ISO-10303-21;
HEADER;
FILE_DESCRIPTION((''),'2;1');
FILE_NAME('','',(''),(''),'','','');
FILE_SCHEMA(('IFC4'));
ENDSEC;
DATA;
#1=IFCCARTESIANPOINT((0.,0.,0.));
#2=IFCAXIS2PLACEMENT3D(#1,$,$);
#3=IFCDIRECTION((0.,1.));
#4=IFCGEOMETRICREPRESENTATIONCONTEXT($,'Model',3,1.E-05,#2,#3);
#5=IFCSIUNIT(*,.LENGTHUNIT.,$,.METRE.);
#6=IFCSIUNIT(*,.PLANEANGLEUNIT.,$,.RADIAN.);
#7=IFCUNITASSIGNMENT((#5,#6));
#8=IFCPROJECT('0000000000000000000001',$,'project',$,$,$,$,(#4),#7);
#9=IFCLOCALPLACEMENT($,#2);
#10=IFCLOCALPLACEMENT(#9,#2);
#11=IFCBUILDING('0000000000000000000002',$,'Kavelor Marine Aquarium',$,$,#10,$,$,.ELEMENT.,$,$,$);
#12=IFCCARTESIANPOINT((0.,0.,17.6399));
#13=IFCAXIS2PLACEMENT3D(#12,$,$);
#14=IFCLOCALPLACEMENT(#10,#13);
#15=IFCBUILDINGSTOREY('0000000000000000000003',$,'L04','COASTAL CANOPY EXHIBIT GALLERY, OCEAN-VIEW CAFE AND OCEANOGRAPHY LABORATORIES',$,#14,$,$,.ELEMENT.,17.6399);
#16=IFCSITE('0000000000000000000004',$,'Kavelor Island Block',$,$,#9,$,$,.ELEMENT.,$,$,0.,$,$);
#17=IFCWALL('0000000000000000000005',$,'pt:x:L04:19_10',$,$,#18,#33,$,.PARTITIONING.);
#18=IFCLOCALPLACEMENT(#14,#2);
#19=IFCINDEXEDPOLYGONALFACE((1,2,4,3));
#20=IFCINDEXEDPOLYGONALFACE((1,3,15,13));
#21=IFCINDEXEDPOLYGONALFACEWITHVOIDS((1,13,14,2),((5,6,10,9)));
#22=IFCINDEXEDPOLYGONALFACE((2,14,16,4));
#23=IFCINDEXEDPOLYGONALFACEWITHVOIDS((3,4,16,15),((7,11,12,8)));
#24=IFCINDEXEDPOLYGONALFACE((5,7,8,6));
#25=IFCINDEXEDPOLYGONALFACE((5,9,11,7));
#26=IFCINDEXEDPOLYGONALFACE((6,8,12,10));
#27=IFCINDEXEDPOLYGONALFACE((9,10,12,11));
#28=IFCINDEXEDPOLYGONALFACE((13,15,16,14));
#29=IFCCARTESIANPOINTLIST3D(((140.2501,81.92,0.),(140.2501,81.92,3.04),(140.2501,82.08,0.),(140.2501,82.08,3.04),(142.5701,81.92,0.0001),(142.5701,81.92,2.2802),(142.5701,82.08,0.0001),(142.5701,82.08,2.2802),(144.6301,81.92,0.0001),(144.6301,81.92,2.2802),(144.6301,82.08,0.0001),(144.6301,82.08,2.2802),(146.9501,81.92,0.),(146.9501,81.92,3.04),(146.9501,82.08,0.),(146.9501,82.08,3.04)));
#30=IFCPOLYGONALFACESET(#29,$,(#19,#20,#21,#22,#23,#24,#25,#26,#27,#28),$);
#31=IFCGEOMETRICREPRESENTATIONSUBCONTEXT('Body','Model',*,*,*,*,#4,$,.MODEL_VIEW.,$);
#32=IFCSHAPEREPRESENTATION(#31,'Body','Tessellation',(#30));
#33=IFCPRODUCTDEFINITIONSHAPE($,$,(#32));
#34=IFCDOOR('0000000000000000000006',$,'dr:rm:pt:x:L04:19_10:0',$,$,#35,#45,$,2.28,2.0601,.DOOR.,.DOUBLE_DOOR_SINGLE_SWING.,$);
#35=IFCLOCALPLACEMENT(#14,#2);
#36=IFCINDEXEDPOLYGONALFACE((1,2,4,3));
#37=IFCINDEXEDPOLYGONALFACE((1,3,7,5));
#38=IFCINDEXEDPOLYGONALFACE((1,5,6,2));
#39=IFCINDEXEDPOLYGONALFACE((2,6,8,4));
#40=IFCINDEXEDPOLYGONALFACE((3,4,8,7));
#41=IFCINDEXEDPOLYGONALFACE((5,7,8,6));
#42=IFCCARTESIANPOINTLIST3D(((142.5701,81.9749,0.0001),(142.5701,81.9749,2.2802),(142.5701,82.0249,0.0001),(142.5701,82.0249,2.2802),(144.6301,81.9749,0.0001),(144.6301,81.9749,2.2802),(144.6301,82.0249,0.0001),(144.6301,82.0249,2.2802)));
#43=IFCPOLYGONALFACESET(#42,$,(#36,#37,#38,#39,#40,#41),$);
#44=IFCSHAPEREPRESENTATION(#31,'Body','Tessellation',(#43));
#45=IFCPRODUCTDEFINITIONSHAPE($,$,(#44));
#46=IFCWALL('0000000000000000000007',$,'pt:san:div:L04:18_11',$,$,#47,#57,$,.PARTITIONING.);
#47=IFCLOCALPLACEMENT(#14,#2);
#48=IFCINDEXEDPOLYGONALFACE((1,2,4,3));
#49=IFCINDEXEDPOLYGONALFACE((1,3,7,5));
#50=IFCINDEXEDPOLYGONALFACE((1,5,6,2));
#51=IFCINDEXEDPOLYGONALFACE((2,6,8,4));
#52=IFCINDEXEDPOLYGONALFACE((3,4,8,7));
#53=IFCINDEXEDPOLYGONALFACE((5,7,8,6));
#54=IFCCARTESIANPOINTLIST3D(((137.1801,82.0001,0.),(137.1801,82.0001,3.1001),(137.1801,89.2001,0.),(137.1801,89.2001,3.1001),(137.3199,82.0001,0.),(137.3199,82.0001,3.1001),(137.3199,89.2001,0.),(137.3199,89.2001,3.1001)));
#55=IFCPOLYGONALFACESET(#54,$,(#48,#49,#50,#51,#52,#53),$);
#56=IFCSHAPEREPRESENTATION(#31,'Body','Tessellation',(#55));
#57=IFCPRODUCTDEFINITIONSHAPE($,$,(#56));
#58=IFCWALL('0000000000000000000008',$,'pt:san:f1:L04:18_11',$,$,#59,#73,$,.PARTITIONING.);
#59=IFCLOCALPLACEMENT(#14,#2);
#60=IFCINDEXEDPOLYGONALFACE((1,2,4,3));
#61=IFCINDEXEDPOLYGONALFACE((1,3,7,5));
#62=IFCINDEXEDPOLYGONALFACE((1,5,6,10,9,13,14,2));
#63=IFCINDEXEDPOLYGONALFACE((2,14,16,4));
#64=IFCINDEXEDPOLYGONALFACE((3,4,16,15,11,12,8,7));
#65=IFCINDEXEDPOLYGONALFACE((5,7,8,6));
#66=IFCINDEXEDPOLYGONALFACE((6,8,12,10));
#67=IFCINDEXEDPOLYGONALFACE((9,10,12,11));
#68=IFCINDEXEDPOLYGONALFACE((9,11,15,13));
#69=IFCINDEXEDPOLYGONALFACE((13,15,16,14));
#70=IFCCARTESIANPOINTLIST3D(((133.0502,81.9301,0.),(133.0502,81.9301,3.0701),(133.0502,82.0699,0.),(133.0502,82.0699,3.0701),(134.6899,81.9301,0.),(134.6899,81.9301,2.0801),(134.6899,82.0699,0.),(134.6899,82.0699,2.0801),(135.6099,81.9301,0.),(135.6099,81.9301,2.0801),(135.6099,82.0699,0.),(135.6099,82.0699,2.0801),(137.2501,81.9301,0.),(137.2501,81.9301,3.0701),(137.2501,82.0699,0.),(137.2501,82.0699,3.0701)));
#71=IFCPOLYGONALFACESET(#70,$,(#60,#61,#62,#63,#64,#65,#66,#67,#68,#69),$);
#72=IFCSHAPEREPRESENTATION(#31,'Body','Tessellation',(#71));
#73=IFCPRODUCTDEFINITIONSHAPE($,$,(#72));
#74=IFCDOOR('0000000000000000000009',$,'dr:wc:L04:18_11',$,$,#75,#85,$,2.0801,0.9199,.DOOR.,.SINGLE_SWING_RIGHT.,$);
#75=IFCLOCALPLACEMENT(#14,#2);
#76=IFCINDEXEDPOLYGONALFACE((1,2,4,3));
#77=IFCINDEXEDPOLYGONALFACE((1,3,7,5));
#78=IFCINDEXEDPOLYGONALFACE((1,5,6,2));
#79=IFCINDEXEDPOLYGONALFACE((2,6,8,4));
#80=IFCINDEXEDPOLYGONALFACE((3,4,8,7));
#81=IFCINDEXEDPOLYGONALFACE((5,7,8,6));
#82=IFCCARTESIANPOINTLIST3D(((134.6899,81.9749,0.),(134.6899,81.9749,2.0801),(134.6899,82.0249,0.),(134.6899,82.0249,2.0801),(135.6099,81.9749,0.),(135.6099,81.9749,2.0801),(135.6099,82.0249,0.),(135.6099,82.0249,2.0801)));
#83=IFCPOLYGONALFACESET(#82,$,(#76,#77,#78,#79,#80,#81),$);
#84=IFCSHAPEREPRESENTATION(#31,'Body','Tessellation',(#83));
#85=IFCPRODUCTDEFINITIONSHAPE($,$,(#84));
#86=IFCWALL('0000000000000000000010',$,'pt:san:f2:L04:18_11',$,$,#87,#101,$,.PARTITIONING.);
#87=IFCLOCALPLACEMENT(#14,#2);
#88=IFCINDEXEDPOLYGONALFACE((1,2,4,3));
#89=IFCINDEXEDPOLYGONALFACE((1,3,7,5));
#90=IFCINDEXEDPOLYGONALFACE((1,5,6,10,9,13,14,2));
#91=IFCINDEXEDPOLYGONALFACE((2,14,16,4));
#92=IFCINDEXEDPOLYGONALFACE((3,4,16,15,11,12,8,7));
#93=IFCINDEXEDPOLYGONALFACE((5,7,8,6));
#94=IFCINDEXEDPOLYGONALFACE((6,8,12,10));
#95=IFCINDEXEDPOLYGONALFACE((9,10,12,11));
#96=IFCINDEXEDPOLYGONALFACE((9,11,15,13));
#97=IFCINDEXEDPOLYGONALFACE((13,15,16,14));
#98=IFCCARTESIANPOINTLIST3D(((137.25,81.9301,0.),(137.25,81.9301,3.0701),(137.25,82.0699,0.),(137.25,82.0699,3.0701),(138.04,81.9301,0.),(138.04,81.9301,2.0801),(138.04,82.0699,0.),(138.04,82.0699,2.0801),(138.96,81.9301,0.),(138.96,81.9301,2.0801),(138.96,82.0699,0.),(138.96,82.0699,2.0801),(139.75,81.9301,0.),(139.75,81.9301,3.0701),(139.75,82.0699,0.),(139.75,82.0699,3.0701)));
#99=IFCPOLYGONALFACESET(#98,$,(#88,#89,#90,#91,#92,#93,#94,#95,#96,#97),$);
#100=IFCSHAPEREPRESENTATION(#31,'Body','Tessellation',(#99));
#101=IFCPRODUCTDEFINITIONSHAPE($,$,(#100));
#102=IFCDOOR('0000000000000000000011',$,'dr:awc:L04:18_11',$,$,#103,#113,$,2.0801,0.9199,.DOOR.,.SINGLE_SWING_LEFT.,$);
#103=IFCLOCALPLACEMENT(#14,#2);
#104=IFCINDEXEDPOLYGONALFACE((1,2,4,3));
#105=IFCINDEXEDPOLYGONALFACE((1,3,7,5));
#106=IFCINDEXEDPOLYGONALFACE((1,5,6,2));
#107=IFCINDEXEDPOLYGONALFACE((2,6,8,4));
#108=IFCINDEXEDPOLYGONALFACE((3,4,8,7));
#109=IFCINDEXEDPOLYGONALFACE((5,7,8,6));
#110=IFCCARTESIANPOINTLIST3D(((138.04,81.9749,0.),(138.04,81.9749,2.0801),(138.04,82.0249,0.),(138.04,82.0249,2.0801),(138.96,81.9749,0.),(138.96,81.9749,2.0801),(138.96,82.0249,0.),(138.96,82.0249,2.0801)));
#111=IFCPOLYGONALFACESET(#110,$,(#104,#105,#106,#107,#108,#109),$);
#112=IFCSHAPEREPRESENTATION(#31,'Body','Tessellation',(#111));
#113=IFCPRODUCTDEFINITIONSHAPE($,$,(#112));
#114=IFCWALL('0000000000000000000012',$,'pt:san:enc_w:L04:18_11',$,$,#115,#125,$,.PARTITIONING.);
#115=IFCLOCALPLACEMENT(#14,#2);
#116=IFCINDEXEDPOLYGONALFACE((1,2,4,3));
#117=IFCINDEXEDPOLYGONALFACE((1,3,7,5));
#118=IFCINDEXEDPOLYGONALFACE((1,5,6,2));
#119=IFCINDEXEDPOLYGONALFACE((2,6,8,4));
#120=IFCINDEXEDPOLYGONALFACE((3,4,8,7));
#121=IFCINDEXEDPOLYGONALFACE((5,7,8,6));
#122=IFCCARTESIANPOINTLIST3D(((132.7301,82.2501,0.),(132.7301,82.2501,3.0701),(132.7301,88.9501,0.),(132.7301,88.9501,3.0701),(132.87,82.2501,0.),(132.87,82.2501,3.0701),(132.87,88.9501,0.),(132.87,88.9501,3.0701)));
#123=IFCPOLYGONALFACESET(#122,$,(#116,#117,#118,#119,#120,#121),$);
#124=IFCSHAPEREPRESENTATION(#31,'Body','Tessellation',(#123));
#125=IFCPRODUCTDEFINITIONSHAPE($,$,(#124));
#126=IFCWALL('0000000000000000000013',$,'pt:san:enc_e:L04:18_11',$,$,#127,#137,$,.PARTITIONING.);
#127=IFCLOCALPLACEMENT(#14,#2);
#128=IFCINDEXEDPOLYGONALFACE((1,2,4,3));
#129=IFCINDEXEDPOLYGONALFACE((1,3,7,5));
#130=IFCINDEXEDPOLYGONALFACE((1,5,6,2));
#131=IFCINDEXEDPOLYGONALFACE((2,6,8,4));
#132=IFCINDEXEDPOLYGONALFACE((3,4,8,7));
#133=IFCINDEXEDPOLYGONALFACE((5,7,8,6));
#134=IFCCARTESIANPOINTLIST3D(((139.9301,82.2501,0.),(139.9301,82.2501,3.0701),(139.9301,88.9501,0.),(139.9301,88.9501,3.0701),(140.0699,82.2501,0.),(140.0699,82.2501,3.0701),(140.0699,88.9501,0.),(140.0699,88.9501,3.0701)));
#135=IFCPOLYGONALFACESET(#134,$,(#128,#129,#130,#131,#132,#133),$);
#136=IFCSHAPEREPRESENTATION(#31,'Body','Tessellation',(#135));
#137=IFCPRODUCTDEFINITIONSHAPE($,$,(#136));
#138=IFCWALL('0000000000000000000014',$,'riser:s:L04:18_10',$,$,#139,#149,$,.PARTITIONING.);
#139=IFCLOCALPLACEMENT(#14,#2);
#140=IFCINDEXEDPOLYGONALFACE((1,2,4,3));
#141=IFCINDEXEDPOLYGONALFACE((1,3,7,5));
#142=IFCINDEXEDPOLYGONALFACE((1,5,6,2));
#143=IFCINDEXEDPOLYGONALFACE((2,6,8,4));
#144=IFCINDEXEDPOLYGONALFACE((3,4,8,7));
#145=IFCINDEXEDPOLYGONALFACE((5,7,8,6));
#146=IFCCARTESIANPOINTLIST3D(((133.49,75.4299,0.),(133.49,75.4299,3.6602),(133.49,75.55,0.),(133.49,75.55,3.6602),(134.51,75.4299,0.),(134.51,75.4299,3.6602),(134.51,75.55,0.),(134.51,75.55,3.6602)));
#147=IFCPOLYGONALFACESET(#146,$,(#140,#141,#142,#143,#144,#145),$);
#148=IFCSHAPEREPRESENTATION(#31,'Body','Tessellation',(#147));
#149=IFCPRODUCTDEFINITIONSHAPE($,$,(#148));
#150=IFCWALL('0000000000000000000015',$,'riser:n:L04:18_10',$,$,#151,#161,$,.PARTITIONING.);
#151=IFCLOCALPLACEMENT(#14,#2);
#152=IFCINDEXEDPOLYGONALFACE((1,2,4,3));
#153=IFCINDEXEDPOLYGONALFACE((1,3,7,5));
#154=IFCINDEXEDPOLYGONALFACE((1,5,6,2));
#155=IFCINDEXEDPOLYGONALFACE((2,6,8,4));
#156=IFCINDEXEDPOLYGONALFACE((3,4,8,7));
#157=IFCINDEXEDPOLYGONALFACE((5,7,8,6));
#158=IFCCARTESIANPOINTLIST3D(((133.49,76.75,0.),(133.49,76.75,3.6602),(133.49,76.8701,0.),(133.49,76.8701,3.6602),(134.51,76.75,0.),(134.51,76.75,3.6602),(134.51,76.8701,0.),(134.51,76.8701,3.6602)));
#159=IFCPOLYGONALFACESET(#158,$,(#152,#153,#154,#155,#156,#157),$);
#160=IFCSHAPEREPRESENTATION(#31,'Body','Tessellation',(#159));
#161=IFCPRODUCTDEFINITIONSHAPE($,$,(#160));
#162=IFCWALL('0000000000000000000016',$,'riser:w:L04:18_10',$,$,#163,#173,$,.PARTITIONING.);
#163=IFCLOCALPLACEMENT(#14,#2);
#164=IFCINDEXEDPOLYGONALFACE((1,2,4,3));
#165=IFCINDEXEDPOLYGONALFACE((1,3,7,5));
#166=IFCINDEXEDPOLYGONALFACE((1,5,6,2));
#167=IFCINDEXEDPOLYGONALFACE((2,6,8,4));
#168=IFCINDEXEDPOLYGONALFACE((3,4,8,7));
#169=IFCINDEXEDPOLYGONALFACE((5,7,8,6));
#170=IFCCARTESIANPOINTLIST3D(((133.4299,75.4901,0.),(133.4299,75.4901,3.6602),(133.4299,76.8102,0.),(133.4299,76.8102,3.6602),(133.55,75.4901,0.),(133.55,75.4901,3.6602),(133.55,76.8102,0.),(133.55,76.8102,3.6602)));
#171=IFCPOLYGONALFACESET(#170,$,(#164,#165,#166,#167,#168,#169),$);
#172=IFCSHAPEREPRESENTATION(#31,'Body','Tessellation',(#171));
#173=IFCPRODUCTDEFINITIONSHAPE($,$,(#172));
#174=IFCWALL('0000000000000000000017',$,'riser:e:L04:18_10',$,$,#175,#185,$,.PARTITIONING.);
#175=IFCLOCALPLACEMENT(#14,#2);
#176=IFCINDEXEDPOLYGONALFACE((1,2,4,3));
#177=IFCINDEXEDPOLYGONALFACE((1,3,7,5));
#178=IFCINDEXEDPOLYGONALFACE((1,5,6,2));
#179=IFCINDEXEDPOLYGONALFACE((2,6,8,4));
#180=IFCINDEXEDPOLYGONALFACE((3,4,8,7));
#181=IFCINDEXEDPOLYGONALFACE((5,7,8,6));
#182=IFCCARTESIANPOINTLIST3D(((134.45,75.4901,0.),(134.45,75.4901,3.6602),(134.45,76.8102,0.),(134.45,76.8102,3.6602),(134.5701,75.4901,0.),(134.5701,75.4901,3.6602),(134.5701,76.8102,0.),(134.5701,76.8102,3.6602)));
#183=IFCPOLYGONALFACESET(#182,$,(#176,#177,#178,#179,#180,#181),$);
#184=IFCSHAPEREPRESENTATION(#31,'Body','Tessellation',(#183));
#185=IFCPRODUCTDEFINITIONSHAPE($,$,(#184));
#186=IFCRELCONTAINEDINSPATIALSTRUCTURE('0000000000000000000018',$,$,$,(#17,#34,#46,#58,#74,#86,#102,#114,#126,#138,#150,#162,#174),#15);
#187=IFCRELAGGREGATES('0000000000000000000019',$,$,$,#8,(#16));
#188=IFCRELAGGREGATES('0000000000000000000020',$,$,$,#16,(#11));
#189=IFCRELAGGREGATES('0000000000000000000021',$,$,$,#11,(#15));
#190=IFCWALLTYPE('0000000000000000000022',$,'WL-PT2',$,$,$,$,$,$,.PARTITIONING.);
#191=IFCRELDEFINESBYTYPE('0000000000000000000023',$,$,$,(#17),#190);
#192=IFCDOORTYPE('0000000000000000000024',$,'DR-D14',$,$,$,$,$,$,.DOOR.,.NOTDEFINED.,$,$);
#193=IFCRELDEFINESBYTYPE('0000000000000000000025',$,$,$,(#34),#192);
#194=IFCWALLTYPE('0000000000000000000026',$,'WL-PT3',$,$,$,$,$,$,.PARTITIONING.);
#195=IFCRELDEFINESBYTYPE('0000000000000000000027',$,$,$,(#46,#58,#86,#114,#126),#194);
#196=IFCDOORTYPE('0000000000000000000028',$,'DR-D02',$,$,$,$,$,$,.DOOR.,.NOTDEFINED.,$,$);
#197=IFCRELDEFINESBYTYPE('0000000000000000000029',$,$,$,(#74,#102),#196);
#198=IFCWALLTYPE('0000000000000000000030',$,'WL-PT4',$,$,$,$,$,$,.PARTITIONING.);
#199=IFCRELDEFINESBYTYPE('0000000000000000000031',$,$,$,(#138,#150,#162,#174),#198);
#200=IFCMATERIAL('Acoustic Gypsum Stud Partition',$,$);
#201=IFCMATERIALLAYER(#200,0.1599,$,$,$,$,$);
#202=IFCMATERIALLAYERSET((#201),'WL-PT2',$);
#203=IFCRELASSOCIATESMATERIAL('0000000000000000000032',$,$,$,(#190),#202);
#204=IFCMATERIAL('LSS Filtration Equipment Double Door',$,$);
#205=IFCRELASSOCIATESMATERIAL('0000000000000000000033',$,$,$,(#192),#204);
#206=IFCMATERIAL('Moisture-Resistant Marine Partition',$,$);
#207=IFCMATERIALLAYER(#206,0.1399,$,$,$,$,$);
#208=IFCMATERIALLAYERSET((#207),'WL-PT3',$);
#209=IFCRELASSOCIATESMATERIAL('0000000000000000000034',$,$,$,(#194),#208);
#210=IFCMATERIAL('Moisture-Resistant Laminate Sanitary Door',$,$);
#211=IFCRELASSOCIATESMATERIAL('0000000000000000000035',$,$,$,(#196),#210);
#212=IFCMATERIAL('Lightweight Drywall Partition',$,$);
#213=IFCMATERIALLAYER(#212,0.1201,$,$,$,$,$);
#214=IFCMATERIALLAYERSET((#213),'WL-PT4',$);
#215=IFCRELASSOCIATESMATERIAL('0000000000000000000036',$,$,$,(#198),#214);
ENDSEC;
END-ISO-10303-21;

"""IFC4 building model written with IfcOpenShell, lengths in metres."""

from ifc_helpers import new_model, si_unit, direction, frame, frame_2d, origin, place, context, subcontext, project, spatial, rectangle, extrude, material, layer, layer_set, type_object, element, fill, save


model = new_model("IFC4")

# Units and contexts
model_context = context("Model", 3, precision=1e-05, world=origin(), true_north=direction((0.0, 1.0)))
body_context = subcontext(model_context, "Body", "Model", "MODEL_VIEW")
ifc_project = project(units=[si_unit("LENGTHUNIT", "METRE"), si_unit("PLANEANGLEUNIT", "RADIAN")], contexts=[model_context])

# Site, building, storey
site_placement = place(None, origin())
site = spatial("IfcSite", under=ifc_project, at=site_placement, Name="Kavelor Island Block", CompositionType="ELEMENT", RefElevation=0.0)
building_placement = place(site_placement, origin())
building = spatial("IfcBuilding", under=site, at=building_placement, Name="Kavelor Marine Aquarium", CompositionType="ELEMENT")
storey_placement = place(building_placement, frame((0.0, 0.0, 17.6399)))
storey = spatial("IfcBuildingStorey", under=building, at=storey_placement, Name="L04", Description="COASTAL CANOPY EXHIBIT GALLERY, OCEAN-VIEW CAFE AND OCEANOGRAPHY LABORATORIES", CompositionType="ELEMENT", Elevation=17.6399)

# Shared definitions
ifc_material_1 = material(Name="Acoustic Gypsum Stud Partition")
ifc_layer_1 = layer(ifc_material_1, 0.1599)
ifc_layer_set_1 = layer_set([ifc_layer_1], Name="WL-PT2")
wall_type_1 = type_object("IfcWallType", Name="WL-PT2", PredefinedType="PARTITIONING", material=ifc_layer_set_1)

# Wall, opening, door
wall_1_placement = place(storey_placement, frame((140.25, 82.0, 0.0), z_axis=(0.0, 0.0, 1.0), x_axis=(1.0, 0.0, 0.0)))
wall_1 = element("IfcWall", 1, at=wall_1_placement, inside=storey, type_object=wall_type_1, Name="pt:x:L04:19_10", PredefinedType="PARTITIONING", context=body_context, shape_type="SweptSolid", body=[
    extrude(rectangle(XDim=6.7, YDim=0.1599, at=frame_2d((3.3501, 0.0))), origin(), (0.0, 0.0, 1.0), 3.04),
])
opening_1_placement = place(wall_1_placement, frame((2.3201, 0.0, 0.0)))
opening_1 = element("IfcOpeningElement", 2, at=opening_1_placement, cuts=wall_1, PredefinedType="OPENING", context=body_context, shape_type="SweptSolid", body=[
    extrude(rectangle(XDim=2.0601, YDim=2.28, at=frame_2d((1.03, 1.1401))), frame((0.0, 0.0898, 0.0), z_axis=(0.0, -1.0, 0.0), x_axis=(1.0, 0.0, 0.0)), (0.0, 0.0, 1.0), 0.1799),
])
ifc_material_2 = material(Name="LSS Filtration Equipment Double Door")
door_type_1 = type_object("IfcDoorType", Name="DR-D14", OperationType="NOTDEFINED", PredefinedType="DOOR", material=ifc_material_2)
door_1_placement = place(opening_1_placement, origin())
door_1 = element("IfcDoor", 3, at=door_1_placement, inside=storey, type_object=door_type_1, Name="dr:rm:pt:x:L04:19_10:0", OperationType="DOUBLE_DOOR_SINGLE_SWING", OverallHeight=2.28, OverallWidth=2.0601, PredefinedType="DOOR", context=body_context, shape_type="SweptSolid", body=[
    extrude(rectangle(XDim=2.0601, YDim=2.28, at=frame_2d((1.03, 1.1401))), frame((0.0, 0.0249, 0.0), z_axis=(0.0, -1.0, 0.0), x_axis=(1.0, 0.0, 0.0)), (0.0, 0.0, 1.0), 0.05),
])
fill(opening_1, door_1)

# Wall
ifc_material_3 = material(Name="Moisture-Resistant Marine Partition")
ifc_layer_2 = layer(ifc_material_3, 0.1399)
ifc_layer_set_2 = layer_set([ifc_layer_2], Name="WL-PT3")
wall_type_2 = type_object("IfcWallType", Name="WL-PT3", PredefinedType="PARTITIONING", material=ifc_layer_set_2)
wall_2_placement = place(storey_placement, frame((137.25, 82.0, 0.0), z_axis=(0.0, 0.0, 1.0), x_axis=(0.0, 1.0, 0.0)))
element("IfcWall", 4, at=wall_2_placement, inside=storey, type_object=wall_type_2, Name="pt:san:div:L04:18_11", PredefinedType="PARTITIONING", context=body_context, shape_type="SweptSolid", body=[
    extrude(rectangle(XDim=7.2, YDim=0.1399, at=frame_2d((3.6001, 0.0))), origin(), (0.0, 0.0, 1.0), 3.1001),
])

# Walls, openings, doors
wall_3_placement = place(storey_placement, frame((133.05, 82.0, 0.0), z_axis=(0.0, 0.0, 1.0), x_axis=(1.0, 0.0, 0.0)))
wall_3 = element("IfcWall", 5, at=wall_3_placement, inside=storey, type_object=wall_type_2, Name="pt:san:f1:L04:18_11", PredefinedType="PARTITIONING", context=body_context, shape_type="SweptSolid", body=[
    extrude(rectangle(XDim=4.2, YDim=0.1399, at=frame_2d((2.1001, 0.0))), origin(), (0.0, 0.0, 1.0), 3.0701),
])
opening_2_placement = place(wall_3_placement, frame((1.6399, 0.0, 0.0)))
opening_2 = element("IfcOpeningElement", 6, at=opening_2_placement, cuts=wall_3, PredefinedType="OPENING", context=body_context, shape_type="SweptSolid", body=[
    extrude(rectangle(XDim=0.9199, YDim=2.0801, at=frame_2d((0.46, 1.04))), frame((0.0, 0.0798, 0.0), z_axis=(0.0, -1.0, 0.0), x_axis=(1.0, 0.0, 0.0)), (0.0, 0.0, 1.0), 0.1599),
])
ifc_material_4 = material(Name="Moisture-Resistant Laminate Sanitary Door")
door_type_2 = type_object("IfcDoorType", Name="DR-D02", OperationType="NOTDEFINED", PredefinedType="DOOR", material=ifc_material_4)
door_2_placement = place(opening_2_placement, origin())
door_2 = element("IfcDoor", 7, at=door_2_placement, inside=storey, type_object=door_type_2, Name="dr:wc:L04:18_11", OperationType="SINGLE_SWING_RIGHT", OverallHeight=2.0801, OverallWidth=0.9199, PredefinedType="DOOR", context=body_context, shape_type="SweptSolid", body=[
    extrude(rectangle(XDim=0.9199, YDim=2.0801, at=frame_2d((0.46, 1.04))), frame((0.0, 0.0249, 0.0), z_axis=(0.0, -1.0, 0.0), x_axis=(1.0, 0.0, 0.0)), (0.0, 0.0, 1.0), 0.05),
])
fill(opening_2, door_2)
wall_4_placement = place(storey_placement, frame((137.25, 82.0, 0.0), z_axis=(0.0, 0.0, 1.0), x_axis=(1.0, 0.0, 0.0)))
wall_4 = element("IfcWall", 8, at=wall_4_placement, inside=storey, type_object=wall_type_2, Name="pt:san:f2:L04:18_11", PredefinedType="PARTITIONING", context=body_context, shape_type="SweptSolid", body=[
    extrude(rectangle(XDim=2.5, YDim=0.1399, at=frame_2d((1.25, 0.0))), origin(), (0.0, 0.0, 1.0), 3.0701),
])
opening_3_placement = place(wall_4_placement, frame((0.79, 0.0, 0.0)))
opening_3 = element("IfcOpeningElement", 9, at=opening_3_placement, cuts=wall_4, PredefinedType="OPENING", context=body_context, shape_type="SweptSolid", body=[
    extrude(rectangle(XDim=0.9199, YDim=2.0801, at=frame_2d((0.46, 1.04))), frame((0.0, 0.0798, 0.0), z_axis=(0.0, -1.0, 0.0), x_axis=(1.0, 0.0, 0.0)), (0.0, 0.0, 1.0), 0.1599),
])
door_3_placement = place(opening_3_placement, origin())
door_3 = element("IfcDoor", 10, at=door_3_placement, inside=storey, type_object=door_type_2, Name="dr:awc:L04:18_11", OperationType="SINGLE_SWING_LEFT", OverallHeight=2.0801, OverallWidth=0.9199, PredefinedType="DOOR", context=body_context, shape_type="SweptSolid", body=[
    extrude(rectangle(XDim=0.9199, YDim=2.0801, at=frame_2d((0.46, 1.04))), frame((0.0, 0.0249, 0.0), z_axis=(0.0, -1.0, 0.0), x_axis=(1.0, 0.0, 0.0)), (0.0, 0.0, 1.0), 0.05),
])
fill(opening_3, door_3)

# Walls
for number, where, z_axis, x_axis, name in (
    (11, (132.8, 82.25, 0.0), (0.0, 0.0, 1.0), (0.0, 1.0, 0.0), "pt:san:enc_w:L04:18_11"),
    (12, (140.0, 82.25, 0.0), (0.0, 0.0, 1.0), (0.0, 1.0, 0.0), "pt:san:enc_e:L04:18_11"),
):
    element("IfcWall", number, at=place(storey_placement, frame(where, z_axis=z_axis, x_axis=x_axis)), inside=storey, type_object=wall_type_2, Name=name, PredefinedType="PARTITIONING", context=body_context, shape_type="SweptSolid", body=[
        extrude(rectangle(XDim=6.7, YDim=0.1399, at=frame_2d((3.3501, 0.0))), origin(), (0.0, 0.0, 1.0), 3.0701),
    ])
ifc_material_5 = material(Name="Lightweight Drywall Partition")
ifc_layer_3 = layer(ifc_material_5, 0.1201)
ifc_layer_set_3 = layer_set([ifc_layer_3], Name="WL-PT4")
wall_type_3 = type_object("IfcWallType", Name="WL-PT4", PredefinedType="PARTITIONING", material=ifc_layer_set_3)
for number, where, z_axis, x_axis, name in (
    (13, (133.49, 75.49, 0.0), (0.0, 0.0, 1.0), (1.0, 0.0, 0.0), "riser:s:L04:18_10"),
    (14, (133.49, 76.8101, 0.0), (0.0, 0.0, 1.0), (1.0, 0.0, 0.0), "riser:n:L04:18_10"),
):
    element("IfcWall", number, at=place(storey_placement, frame(where, z_axis=z_axis, x_axis=x_axis)), inside=storey, type_object=wall_type_3, Name=name, PredefinedType="PARTITIONING", context=body_context, shape_type="SweptSolid", body=[
        extrude(rectangle(XDim=1.02, YDim=0.1201, at=frame_2d((0.51, 0.0))), origin(), (0.0, 0.0, 1.0), 3.6602),
    ])
for number, where, z_axis, x_axis, name in (
    (15, (133.49, 75.49, 0.0), (0.0, 0.0, 1.0), (0.0, 1.0, 0.0), "riser:w:L04:18_10"),
    (16, (134.51, 75.49, 0.0), (0.0, 0.0, 1.0), (0.0, 1.0, 0.0), "riser:e:L04:18_10"),
):
    element("IfcWall", number, at=place(storey_placement, frame(where, z_axis=z_axis, x_axis=x_axis)), inside=storey, type_object=wall_type_3, Name=name, PredefinedType="PARTITIONING", context=body_context, shape_type="SweptSolid", body=[
        extrude(rectangle(XDim=1.3201, YDim=0.1201, at=frame_2d((0.6602, 0.0))), origin(), (0.0, 0.0, 1.0), 3.6602),
    ])

save(model, "model.ifc")
